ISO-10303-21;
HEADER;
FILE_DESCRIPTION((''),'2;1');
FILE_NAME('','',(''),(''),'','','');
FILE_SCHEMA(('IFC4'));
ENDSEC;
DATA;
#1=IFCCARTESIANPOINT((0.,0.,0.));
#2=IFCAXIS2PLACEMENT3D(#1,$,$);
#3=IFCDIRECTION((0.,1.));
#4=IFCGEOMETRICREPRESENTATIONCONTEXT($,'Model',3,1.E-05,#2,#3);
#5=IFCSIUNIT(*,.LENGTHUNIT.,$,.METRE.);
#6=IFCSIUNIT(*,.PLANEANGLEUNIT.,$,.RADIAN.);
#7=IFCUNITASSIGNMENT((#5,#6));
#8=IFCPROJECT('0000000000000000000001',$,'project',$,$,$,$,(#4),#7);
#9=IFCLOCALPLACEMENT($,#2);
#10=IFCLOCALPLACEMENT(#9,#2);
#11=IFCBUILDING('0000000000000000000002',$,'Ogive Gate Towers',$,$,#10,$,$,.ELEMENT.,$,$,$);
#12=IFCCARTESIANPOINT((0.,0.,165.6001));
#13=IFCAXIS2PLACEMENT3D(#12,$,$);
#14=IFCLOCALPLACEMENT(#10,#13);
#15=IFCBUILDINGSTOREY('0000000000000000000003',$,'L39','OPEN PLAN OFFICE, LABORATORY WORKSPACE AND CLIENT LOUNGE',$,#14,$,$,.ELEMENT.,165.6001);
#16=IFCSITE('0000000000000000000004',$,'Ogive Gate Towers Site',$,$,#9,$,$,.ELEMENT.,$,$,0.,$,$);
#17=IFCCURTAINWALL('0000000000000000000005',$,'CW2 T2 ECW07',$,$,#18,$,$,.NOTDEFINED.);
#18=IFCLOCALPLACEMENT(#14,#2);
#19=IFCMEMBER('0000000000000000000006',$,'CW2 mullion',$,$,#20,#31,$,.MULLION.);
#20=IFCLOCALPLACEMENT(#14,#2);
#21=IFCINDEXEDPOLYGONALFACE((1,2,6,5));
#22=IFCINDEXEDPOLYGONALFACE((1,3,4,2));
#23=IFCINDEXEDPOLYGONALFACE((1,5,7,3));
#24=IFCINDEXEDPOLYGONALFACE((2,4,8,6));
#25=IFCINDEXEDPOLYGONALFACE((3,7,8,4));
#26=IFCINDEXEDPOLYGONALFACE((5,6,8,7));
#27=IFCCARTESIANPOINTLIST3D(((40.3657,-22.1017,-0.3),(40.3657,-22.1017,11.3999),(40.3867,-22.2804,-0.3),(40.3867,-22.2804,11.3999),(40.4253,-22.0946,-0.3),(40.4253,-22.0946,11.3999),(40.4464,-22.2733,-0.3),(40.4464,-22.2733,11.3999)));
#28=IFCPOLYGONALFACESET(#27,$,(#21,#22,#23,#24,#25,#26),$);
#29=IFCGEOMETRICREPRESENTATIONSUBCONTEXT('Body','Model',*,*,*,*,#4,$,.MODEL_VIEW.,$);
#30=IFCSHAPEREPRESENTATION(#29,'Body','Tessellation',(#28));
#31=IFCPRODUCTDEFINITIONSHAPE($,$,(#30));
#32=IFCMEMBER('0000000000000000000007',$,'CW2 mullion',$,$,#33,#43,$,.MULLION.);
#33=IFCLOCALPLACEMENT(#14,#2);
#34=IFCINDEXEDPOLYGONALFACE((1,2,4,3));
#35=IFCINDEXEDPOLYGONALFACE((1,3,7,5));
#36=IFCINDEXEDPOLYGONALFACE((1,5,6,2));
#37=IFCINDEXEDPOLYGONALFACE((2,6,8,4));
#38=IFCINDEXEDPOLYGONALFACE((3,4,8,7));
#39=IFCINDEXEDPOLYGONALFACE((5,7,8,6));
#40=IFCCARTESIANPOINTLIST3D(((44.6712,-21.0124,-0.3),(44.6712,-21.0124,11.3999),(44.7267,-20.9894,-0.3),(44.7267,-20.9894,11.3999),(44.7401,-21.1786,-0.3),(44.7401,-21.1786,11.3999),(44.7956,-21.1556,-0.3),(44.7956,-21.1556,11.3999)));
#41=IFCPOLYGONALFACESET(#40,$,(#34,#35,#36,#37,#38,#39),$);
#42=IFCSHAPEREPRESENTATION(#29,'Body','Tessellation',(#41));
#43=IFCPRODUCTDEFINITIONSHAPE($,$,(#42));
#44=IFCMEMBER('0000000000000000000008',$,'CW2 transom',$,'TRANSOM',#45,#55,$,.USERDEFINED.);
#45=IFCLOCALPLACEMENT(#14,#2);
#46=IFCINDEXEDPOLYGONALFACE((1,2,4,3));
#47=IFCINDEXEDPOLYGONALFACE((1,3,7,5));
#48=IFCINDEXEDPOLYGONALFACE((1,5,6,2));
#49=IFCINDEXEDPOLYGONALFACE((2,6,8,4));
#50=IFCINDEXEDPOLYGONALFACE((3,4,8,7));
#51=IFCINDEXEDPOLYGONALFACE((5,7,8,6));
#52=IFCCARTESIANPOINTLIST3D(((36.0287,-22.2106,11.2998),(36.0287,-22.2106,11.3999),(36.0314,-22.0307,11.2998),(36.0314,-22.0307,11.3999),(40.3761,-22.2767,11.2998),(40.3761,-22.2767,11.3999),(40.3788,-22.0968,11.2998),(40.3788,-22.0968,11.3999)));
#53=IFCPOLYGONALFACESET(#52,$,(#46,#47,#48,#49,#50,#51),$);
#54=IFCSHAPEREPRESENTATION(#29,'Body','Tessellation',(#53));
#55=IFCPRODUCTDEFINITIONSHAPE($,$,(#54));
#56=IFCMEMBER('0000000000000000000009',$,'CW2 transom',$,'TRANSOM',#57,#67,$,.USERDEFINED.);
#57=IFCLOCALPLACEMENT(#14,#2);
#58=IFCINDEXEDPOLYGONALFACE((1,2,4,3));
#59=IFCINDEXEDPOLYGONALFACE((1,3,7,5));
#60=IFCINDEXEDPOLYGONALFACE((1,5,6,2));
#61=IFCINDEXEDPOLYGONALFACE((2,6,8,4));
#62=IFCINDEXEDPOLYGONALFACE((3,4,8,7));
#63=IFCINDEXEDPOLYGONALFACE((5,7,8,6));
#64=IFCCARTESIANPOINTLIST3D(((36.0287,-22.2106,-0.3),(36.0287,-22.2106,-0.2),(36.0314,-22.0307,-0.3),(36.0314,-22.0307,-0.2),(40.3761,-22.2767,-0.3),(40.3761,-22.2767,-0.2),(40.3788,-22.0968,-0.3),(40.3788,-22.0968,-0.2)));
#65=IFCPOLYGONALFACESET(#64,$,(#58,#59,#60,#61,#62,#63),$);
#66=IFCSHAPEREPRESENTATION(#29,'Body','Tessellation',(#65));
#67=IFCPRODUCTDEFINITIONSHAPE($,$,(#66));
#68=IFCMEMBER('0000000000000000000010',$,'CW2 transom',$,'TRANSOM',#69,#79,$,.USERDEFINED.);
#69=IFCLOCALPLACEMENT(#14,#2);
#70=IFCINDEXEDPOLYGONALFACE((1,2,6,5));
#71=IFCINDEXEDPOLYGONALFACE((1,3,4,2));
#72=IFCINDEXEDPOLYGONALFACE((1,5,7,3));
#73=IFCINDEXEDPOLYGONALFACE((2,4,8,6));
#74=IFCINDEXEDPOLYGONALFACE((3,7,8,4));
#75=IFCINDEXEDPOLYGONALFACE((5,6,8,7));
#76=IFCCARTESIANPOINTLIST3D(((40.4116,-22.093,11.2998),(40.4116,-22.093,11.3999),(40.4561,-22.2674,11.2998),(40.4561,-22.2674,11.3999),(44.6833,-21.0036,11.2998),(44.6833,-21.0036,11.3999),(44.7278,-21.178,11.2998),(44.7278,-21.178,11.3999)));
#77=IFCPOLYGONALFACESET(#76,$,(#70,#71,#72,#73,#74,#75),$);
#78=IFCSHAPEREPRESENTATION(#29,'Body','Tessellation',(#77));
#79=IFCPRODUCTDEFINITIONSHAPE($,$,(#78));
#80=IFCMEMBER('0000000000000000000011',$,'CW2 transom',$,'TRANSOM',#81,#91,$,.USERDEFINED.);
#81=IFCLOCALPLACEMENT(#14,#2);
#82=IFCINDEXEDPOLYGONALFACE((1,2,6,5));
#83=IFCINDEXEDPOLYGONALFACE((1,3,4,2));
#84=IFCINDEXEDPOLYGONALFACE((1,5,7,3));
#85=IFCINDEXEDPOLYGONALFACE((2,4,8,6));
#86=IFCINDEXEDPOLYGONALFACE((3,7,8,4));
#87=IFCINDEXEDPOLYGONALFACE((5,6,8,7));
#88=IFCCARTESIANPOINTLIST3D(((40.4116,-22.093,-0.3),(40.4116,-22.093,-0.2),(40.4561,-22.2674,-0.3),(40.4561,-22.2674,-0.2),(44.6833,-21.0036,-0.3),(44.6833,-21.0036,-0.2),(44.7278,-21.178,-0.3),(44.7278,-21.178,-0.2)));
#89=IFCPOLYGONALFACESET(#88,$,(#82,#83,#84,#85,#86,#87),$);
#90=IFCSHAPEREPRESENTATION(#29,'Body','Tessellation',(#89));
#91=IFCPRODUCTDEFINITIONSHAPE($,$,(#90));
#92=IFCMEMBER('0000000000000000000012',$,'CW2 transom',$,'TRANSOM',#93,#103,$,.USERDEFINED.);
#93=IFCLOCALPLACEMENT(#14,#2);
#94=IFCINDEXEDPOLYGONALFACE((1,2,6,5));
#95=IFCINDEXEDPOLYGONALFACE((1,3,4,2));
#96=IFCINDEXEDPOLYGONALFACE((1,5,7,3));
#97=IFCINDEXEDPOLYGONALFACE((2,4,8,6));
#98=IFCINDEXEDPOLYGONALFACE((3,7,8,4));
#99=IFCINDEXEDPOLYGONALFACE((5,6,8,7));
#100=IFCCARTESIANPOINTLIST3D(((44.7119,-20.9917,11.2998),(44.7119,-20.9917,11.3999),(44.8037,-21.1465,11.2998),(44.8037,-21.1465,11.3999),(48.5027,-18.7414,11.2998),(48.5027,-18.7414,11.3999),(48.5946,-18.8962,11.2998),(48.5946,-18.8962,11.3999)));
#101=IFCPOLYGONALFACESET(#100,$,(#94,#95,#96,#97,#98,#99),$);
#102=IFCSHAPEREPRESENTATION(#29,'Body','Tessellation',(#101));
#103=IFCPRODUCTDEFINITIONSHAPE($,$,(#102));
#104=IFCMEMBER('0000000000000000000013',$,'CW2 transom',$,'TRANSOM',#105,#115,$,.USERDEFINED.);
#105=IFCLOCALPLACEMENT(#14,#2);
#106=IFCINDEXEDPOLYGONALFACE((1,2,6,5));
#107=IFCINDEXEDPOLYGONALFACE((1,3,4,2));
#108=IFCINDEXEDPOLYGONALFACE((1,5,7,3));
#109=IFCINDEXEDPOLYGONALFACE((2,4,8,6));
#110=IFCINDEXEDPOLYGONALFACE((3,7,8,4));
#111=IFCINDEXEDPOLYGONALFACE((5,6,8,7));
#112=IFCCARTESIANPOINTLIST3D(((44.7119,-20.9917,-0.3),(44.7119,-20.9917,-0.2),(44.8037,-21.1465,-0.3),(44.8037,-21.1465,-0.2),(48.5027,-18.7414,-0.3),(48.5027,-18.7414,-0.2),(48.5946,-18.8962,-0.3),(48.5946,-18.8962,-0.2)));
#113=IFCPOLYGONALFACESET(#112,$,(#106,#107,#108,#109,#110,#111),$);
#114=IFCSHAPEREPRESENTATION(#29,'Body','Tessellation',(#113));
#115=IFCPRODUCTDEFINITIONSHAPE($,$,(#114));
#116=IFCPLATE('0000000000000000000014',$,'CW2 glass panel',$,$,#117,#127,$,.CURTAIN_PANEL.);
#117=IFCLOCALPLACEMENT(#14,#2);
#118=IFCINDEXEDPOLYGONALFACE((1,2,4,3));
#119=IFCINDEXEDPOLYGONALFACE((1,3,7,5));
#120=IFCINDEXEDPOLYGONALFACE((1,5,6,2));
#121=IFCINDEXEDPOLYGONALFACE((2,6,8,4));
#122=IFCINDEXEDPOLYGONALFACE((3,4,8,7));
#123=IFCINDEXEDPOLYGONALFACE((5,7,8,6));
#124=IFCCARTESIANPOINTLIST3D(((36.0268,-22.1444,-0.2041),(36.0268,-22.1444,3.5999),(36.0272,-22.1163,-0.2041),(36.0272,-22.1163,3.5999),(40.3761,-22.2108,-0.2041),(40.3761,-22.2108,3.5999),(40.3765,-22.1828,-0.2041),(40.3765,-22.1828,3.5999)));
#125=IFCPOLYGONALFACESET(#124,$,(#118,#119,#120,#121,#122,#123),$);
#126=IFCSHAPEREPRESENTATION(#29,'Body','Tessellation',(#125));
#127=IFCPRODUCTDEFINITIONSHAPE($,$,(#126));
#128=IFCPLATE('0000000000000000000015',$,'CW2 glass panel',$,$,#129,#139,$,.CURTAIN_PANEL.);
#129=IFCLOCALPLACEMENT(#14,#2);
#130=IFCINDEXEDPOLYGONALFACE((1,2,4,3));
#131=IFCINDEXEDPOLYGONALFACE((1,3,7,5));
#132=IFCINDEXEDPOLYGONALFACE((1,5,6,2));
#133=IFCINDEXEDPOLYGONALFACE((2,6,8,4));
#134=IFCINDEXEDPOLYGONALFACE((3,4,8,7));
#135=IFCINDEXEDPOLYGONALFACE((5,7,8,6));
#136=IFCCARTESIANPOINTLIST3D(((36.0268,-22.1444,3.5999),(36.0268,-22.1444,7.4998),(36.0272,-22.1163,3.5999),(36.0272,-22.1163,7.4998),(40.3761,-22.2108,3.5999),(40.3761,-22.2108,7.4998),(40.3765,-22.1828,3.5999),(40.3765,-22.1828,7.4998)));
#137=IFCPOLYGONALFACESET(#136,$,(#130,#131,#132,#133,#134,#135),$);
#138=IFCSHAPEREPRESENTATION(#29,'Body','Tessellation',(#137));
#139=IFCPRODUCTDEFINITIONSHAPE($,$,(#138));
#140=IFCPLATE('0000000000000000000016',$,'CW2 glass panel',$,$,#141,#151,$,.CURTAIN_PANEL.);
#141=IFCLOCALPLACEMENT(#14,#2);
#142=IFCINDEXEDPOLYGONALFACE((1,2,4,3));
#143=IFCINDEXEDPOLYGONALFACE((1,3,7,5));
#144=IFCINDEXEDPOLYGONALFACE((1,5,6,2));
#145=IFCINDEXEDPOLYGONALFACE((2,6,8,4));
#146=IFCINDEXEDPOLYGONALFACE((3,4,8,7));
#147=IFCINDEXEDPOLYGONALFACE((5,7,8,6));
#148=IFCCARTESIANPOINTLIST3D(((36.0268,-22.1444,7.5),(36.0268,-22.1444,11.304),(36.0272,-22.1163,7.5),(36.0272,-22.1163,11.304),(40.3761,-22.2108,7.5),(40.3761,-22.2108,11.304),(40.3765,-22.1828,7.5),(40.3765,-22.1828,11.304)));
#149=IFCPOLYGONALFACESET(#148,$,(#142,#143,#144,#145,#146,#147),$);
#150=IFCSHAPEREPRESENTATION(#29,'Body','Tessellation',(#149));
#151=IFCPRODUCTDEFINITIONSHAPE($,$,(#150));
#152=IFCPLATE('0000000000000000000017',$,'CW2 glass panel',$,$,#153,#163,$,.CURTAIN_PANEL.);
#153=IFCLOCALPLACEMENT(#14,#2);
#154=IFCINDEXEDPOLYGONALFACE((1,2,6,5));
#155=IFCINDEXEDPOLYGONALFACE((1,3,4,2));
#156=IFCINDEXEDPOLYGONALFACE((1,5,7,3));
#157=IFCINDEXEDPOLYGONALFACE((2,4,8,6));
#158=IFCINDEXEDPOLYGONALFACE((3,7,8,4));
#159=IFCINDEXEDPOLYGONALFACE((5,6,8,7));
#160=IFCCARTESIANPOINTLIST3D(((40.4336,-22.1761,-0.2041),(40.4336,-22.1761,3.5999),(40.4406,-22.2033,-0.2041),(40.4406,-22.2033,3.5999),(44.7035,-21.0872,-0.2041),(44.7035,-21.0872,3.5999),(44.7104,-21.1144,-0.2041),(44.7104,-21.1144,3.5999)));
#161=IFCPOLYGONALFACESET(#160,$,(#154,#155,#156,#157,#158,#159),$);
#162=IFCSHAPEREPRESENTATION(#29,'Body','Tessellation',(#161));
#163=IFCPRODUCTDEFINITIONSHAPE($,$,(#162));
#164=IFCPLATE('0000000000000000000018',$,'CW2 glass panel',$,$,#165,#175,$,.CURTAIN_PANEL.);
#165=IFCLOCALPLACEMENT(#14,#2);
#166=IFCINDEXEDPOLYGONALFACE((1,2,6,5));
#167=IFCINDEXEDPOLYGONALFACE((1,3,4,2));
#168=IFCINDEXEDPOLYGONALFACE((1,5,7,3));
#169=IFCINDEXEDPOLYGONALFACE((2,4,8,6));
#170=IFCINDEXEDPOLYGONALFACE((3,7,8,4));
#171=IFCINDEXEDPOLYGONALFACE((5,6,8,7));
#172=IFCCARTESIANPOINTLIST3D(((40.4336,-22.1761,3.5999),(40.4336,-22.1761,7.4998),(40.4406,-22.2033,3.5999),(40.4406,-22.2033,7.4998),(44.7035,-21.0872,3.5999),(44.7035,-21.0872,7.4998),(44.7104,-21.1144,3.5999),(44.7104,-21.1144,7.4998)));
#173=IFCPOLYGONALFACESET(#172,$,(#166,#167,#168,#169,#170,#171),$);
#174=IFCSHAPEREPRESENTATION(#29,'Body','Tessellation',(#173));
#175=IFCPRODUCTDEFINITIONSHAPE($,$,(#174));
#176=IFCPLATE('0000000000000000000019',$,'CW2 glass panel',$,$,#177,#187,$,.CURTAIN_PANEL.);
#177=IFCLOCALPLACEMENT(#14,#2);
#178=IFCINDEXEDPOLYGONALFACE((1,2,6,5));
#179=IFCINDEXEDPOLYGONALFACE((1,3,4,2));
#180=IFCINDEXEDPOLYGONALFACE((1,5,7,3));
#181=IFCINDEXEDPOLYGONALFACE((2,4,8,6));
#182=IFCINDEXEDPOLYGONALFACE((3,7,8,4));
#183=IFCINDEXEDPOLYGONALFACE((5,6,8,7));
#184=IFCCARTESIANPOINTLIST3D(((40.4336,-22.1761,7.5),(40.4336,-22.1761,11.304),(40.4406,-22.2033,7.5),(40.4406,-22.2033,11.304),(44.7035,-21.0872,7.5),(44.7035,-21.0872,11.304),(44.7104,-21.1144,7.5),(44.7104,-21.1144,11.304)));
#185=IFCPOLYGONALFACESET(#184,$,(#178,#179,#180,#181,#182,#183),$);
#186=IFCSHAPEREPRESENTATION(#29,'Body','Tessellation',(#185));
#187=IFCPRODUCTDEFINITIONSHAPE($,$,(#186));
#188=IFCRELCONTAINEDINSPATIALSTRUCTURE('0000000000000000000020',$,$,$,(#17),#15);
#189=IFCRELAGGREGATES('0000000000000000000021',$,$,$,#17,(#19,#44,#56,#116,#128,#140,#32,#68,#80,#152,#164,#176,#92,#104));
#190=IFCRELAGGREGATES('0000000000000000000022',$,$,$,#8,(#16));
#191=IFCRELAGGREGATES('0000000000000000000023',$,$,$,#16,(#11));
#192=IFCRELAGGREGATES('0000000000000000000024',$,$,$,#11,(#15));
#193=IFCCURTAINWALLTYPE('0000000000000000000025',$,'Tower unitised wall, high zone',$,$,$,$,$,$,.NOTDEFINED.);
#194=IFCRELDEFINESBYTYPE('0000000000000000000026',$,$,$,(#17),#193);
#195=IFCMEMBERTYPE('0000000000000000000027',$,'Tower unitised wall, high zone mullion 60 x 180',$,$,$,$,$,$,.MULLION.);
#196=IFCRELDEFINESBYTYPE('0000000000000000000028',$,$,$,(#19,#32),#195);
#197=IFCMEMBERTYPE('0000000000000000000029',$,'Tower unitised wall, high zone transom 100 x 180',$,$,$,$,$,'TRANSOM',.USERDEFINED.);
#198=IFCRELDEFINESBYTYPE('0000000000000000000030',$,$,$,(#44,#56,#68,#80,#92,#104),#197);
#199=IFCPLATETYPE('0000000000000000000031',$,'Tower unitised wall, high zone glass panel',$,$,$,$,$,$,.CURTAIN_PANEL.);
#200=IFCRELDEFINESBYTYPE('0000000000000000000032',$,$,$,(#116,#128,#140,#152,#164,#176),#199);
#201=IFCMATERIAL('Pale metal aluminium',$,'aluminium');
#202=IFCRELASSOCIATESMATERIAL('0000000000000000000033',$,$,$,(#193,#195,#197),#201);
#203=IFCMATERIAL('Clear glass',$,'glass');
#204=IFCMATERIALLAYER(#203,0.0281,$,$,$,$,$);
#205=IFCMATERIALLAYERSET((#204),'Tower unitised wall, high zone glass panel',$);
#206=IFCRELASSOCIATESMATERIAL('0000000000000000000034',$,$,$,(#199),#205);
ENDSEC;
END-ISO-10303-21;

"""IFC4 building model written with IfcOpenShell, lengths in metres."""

from ifc_helpers import new_model, si_unit, direction, frame, origin, origin_2d, place, context, subcontext, project, spatial, rectangle, extrude, material, layer, layer_set, material_profile, profile_set, type_object, element, aggregate, save


model = new_model("IFC4")

# Units and contexts
model_context = context("Model", 3, precision=1e-05, world=origin(), true_north=direction((0.0, 1.0)))
body_context = subcontext(model_context, "Body", "Model", "MODEL_VIEW")
ifc_project = project(units=[si_unit("LENGTHUNIT", "METRE"), si_unit("PLANEANGLEUNIT", "RADIAN")], contexts=[model_context])

# Site, building, storey
site_placement = place(None, origin())
site = spatial("IfcSite", under=ifc_project, at=site_placement, Name="Ogive Gate Towers Site", CompositionType="ELEMENT", RefElevation=0.0)
building_placement = place(site_placement, origin())
building = spatial("IfcBuilding", under=site, at=building_placement, Name="Ogive Gate Towers", CompositionType="ELEMENT")
storey_placement = place(building_placement, frame((0.0, 0.0, 165.6001)))
storey = spatial("IfcBuildingStorey", under=building, at=storey_placement, Name="L39", Description="OPEN PLAN OFFICE, LABORATORY WORKSPACE AND CLIENT LOUNGE", CompositionType="ELEMENT", Elevation=165.6001)

# Curtain wall, members, plates
ifc_material_1 = material(Name="Pale metal aluminium", Category="aluminium")
curtain_wall_type = type_object("IfcCurtainWallType", Name="Tower unitised wall, high zone", PredefinedType="NOTDEFINED", material=ifc_material_1)
curtain_wall_placement = place(storey_placement, origin())
curtain_wall = element("IfcCurtainWall", 1, at=curtain_wall_placement, inside=storey, type_object=curtain_wall_type, Name="CW2 T2 ECW07", PredefinedType="NOTDEFINED")
ifc_material_profile_1 = material_profile(ifc_material_1, rectangle(XDim=0.1799, YDim=0.0601, at=origin_2d()), Name="60 x 180 aluminium box")
ifc_profile_set_1 = profile_set([ifc_material_profile_1], Name="Pale metal aluminium")
member_type_1 = type_object("IfcMemberType", Name="Tower unitised wall, high zone mullion 60 x 180", PredefinedType="MULLION", material=ifc_profile_set_1)
member_1_placement = place(storey_placement, frame((40.406, -22.1875, -0.3), z_axis=(0.0, 0.0, 1.0), x_axis=(0.116948, -0.993138, 0.0)))
member_1 = element("IfcMember", 2, at=member_1_placement, type_object=member_type_1, Name="CW2 mullion", PredefinedType="MULLION", context=body_context, shape_type="SweptSolid", body=[
    extrude(rectangle(XDim=0.1799, YDim=0.0601, at=origin_2d()), origin(), (0.0, 0.0, 1.0), 11.7),
])
member_2_placement = place(storey_placement, frame((44.7334, -21.084, -0.3), z_axis=(0.0, 0.0, 1.0), x_axis=(0.382683, -0.92388, 0.0)))
member_2 = element("IfcMember", 3, at=member_2_placement, type_object=member_type_1, Name="CW2 mullion", PredefinedType="MULLION", context=body_context, shape_type="SweptSolid", body=[
    extrude(rectangle(XDim=0.1799, YDim=0.0601, at=origin_2d()), origin(), (0.0, 0.0, 1.0), 11.7),
])
ifc_material_profile_2 = material_profile(ifc_material_1, rectangle(XDim=0.1799, YDim=0.1001, at=origin_2d()), Name="100 x 180 aluminium box")
ifc_profile_set_2 = profile_set([ifc_material_profile_2], Name="Pale metal aluminium")
member_type_2 = type_object("IfcMemberType", Name="Tower unitised wall, high zone transom 100 x 180", ElementType="TRANSOM", PredefinedType="USERDEFINED", material=ifc_profile_set_2)
member_3_placement = place(storey_placement, frame((36.03, -22.1206, 11.3499), z_axis=(0.999884, -0.015217, 0.0), x_axis=(0.015217, 0.999884, 0.0)))
member_3 = element("IfcMember", 4, at=member_3_placement, type_object=member_type_2, Name="CW2 transom", ObjectType="TRANSOM", PredefinedType="USERDEFINED", context=body_context, shape_type="SweptSolid", body=[
    extrude(rectangle(XDim=0.1799, YDim=0.1001, at=origin_2d()), origin(), (0.0, 0.0, 1.0), 4.3479),
])
member_4_placement = place(storey_placement, frame((36.03, -22.1206, -0.25), z_axis=(0.999884, -0.015217, 0.0), x_axis=(0.015217, 0.999884, 0.0)))
member_4 = element("IfcMember", 5, at=member_4_placement, type_object=member_type_2, Name="CW2 transom", ObjectType="TRANSOM", PredefinedType="USERDEFINED", context=body_context, shape_type="SweptSolid", body=[
    extrude(rectangle(XDim=0.1799, YDim=0.1001, at=origin_2d()), origin(), (0.0, 0.0, 1.0), 4.3479),
])
member_5_placement = place(storey_placement, frame((40.4338, -22.1802, 11.3499), z_axis=(0.968988, 0.247107, 0.0), x_axis=(-0.247107, 0.968988, 0.0)))
member_5 = element("IfcMember", 6, at=member_5_placement, type_object=member_type_2, Name="CW2 transom", ObjectType="TRANSOM", PredefinedType="USERDEFINED", context=body_context, shape_type="SweptSolid", body=[
    extrude(rectangle(XDim=0.1799, YDim=0.1001, at=origin_2d()), origin(), (0.0, 0.0, 1.0), 4.4084),
])
member_6_placement = place(storey_placement, frame((40.4338, -22.1802, -0.25), z_axis=(0.968988, 0.247107, 0.0), x_axis=(-0.247107, 0.968988, 0.0)))
member_6 = element("IfcMember", 7, at=member_6_placement, type_object=member_type_2, Name="CW2 transom", ObjectType="TRANSOM", PredefinedType="USERDEFINED", context=body_context, shape_type="SweptSolid", body=[
    extrude(rectangle(XDim=0.1799, YDim=0.1001, at=origin_2d()), origin(), (0.0, 0.0, 1.0), 4.4084),
])
member_7_placement = place(storey_placement, frame((44.7578, -21.0691, 11.3499), z_axis=(0.859907, 0.51045, 0.0), x_axis=(-0.51045, 0.859907, 0.0)))
member_7 = element("IfcMember", 8, at=member_7_placement, type_object=member_type_2, Name="CW2 transom", ObjectType="TRANSOM", PredefinedType="USERDEFINED", context=body_context, shape_type="SweptSolid", body=[
    extrude(rectangle(XDim=0.1799, YDim=0.1001, at=origin_2d()), origin(), (0.0, 0.0, 1.0), 4.4084),
])
member_8_placement = place(storey_placement, frame((44.7578, -21.0691, -0.25), z_axis=(0.859907, 0.51045, 0.0), x_axis=(-0.51045, 0.859907, 0.0)))
member_8 = element("IfcMember", 9, at=member_8_placement, type_object=member_type_2, Name="CW2 transom", ObjectType="TRANSOM", PredefinedType="USERDEFINED", context=body_context, shape_type="SweptSolid", body=[
    extrude(rectangle(XDim=0.1799, YDim=0.1001, at=origin_2d()), origin(), (0.0, 0.0, 1.0), 4.4084),
])
ifc_material_2 = material(Name="Clear glass", Category="glass")
ifc_layer = layer(ifc_material_2, 0.0281)
ifc_layer_set = layer_set([ifc_layer], Name="Tower unitised wall, high zone glass panel")
plate_type = type_object("IfcPlateType", Name="Tower unitised wall, high zone glass panel", PredefinedType="CURTAIN_PANEL", material=ifc_layer_set)
plate_1_placement = place(storey_placement, frame((38.2017, -22.1636, -0.2041), z_axis=(0.0, 0.0, 1.0), x_axis=(0.999883, -0.015271, 0.0)))
plate_1 = element("IfcPlate", 10, at=plate_1_placement, type_object=plate_type, Name="CW2 glass panel", PredefinedType="CURTAIN_PANEL", context=body_context, shape_type="SweptSolid", body=[
    extrude(rectangle(XDim=4.3499, YDim=0.0281, at=origin_2d()), origin(), (0.0, 0.0, 1.0), 3.804),
])
plate_2_placement = place(storey_placement, frame((38.2017, -22.1636, 3.5999), z_axis=(0.0, 0.0, 1.0), x_axis=(0.999883, -0.015271, 0.0)))
plate_2 = element("IfcPlate", 11, at=plate_2_placement, type_object=plate_type, Name="CW2 glass panel", PredefinedType="CURTAIN_PANEL", context=body_context, shape_type="SweptSolid", body=[
    extrude(rectangle(XDim=4.3499, YDim=0.0281, at=origin_2d()), origin(), (0.0, 0.0, 1.0), 3.8999),
])
plate_3_placement = place(storey_placement, frame((38.2017, -22.1636, 7.5), z_axis=(0.0, 0.0, 1.0), x_axis=(0.999883, -0.015271, 0.0)))
plate_3 = element("IfcPlate", 12, at=plate_3_placement, type_object=plate_type, Name="CW2 glass panel", PredefinedType="CURTAIN_PANEL", context=body_context, shape_type="SweptSolid", body=[
    extrude(rectangle(XDim=4.3499, YDim=0.0281, at=origin_2d()), origin(), (0.0, 0.0, 1.0), 3.804),
])
plate_4_placement = place(storey_placement, frame((42.572, -21.6453, -0.2041), z_axis=(0.0, 0.0, 1.0), x_axis=(0.96899, 0.2471, 0.0)))
plate_4 = element("IfcPlate", 13, at=plate_4_placement, type_object=plate_type, Name="CW2 glass panel", PredefinedType="CURTAIN_PANEL", context=body_context, shape_type="SweptSolid", body=[
    extrude(rectangle(XDim=4.4065, YDim=0.0281, at=origin_2d()), origin(), (0.0, 0.0, 1.0), 3.804),
])
plate_5_placement = place(storey_placement, frame((42.572, -21.6453, 3.5999), z_axis=(0.0, 0.0, 1.0), x_axis=(0.96899, 0.2471, 0.0)))
plate_5 = element("IfcPlate", 14, at=plate_5_placement, type_object=plate_type, Name="CW2 glass panel", PredefinedType="CURTAIN_PANEL", context=body_context, shape_type="SweptSolid", body=[
    extrude(rectangle(XDim=4.4065, YDim=0.0281, at=origin_2d()), origin(), (0.0, 0.0, 1.0), 3.8999),
])
plate_6_placement = place(storey_placement, frame((42.572, -21.6453, 7.5), z_axis=(0.0, 0.0, 1.0), x_axis=(0.96899, 0.2471, 0.0)))
plate_6 = element("IfcPlate", 15, at=plate_6_placement, type_object=plate_type, Name="CW2 glass panel", PredefinedType="CURTAIN_PANEL", context=body_context, shape_type="SweptSolid", body=[
    extrude(rectangle(XDim=4.4065, YDim=0.0281, at=origin_2d()), origin(), (0.0, 0.0, 1.0), 3.804),
])
aggregate(curtain_wall, [member_1, member_3, member_4, plate_1, plate_2, plate_3, member_2, member_5, member_6, plate_4, plate_5, plate_6, member_7, member_8])

save(model, "model.ifc")
